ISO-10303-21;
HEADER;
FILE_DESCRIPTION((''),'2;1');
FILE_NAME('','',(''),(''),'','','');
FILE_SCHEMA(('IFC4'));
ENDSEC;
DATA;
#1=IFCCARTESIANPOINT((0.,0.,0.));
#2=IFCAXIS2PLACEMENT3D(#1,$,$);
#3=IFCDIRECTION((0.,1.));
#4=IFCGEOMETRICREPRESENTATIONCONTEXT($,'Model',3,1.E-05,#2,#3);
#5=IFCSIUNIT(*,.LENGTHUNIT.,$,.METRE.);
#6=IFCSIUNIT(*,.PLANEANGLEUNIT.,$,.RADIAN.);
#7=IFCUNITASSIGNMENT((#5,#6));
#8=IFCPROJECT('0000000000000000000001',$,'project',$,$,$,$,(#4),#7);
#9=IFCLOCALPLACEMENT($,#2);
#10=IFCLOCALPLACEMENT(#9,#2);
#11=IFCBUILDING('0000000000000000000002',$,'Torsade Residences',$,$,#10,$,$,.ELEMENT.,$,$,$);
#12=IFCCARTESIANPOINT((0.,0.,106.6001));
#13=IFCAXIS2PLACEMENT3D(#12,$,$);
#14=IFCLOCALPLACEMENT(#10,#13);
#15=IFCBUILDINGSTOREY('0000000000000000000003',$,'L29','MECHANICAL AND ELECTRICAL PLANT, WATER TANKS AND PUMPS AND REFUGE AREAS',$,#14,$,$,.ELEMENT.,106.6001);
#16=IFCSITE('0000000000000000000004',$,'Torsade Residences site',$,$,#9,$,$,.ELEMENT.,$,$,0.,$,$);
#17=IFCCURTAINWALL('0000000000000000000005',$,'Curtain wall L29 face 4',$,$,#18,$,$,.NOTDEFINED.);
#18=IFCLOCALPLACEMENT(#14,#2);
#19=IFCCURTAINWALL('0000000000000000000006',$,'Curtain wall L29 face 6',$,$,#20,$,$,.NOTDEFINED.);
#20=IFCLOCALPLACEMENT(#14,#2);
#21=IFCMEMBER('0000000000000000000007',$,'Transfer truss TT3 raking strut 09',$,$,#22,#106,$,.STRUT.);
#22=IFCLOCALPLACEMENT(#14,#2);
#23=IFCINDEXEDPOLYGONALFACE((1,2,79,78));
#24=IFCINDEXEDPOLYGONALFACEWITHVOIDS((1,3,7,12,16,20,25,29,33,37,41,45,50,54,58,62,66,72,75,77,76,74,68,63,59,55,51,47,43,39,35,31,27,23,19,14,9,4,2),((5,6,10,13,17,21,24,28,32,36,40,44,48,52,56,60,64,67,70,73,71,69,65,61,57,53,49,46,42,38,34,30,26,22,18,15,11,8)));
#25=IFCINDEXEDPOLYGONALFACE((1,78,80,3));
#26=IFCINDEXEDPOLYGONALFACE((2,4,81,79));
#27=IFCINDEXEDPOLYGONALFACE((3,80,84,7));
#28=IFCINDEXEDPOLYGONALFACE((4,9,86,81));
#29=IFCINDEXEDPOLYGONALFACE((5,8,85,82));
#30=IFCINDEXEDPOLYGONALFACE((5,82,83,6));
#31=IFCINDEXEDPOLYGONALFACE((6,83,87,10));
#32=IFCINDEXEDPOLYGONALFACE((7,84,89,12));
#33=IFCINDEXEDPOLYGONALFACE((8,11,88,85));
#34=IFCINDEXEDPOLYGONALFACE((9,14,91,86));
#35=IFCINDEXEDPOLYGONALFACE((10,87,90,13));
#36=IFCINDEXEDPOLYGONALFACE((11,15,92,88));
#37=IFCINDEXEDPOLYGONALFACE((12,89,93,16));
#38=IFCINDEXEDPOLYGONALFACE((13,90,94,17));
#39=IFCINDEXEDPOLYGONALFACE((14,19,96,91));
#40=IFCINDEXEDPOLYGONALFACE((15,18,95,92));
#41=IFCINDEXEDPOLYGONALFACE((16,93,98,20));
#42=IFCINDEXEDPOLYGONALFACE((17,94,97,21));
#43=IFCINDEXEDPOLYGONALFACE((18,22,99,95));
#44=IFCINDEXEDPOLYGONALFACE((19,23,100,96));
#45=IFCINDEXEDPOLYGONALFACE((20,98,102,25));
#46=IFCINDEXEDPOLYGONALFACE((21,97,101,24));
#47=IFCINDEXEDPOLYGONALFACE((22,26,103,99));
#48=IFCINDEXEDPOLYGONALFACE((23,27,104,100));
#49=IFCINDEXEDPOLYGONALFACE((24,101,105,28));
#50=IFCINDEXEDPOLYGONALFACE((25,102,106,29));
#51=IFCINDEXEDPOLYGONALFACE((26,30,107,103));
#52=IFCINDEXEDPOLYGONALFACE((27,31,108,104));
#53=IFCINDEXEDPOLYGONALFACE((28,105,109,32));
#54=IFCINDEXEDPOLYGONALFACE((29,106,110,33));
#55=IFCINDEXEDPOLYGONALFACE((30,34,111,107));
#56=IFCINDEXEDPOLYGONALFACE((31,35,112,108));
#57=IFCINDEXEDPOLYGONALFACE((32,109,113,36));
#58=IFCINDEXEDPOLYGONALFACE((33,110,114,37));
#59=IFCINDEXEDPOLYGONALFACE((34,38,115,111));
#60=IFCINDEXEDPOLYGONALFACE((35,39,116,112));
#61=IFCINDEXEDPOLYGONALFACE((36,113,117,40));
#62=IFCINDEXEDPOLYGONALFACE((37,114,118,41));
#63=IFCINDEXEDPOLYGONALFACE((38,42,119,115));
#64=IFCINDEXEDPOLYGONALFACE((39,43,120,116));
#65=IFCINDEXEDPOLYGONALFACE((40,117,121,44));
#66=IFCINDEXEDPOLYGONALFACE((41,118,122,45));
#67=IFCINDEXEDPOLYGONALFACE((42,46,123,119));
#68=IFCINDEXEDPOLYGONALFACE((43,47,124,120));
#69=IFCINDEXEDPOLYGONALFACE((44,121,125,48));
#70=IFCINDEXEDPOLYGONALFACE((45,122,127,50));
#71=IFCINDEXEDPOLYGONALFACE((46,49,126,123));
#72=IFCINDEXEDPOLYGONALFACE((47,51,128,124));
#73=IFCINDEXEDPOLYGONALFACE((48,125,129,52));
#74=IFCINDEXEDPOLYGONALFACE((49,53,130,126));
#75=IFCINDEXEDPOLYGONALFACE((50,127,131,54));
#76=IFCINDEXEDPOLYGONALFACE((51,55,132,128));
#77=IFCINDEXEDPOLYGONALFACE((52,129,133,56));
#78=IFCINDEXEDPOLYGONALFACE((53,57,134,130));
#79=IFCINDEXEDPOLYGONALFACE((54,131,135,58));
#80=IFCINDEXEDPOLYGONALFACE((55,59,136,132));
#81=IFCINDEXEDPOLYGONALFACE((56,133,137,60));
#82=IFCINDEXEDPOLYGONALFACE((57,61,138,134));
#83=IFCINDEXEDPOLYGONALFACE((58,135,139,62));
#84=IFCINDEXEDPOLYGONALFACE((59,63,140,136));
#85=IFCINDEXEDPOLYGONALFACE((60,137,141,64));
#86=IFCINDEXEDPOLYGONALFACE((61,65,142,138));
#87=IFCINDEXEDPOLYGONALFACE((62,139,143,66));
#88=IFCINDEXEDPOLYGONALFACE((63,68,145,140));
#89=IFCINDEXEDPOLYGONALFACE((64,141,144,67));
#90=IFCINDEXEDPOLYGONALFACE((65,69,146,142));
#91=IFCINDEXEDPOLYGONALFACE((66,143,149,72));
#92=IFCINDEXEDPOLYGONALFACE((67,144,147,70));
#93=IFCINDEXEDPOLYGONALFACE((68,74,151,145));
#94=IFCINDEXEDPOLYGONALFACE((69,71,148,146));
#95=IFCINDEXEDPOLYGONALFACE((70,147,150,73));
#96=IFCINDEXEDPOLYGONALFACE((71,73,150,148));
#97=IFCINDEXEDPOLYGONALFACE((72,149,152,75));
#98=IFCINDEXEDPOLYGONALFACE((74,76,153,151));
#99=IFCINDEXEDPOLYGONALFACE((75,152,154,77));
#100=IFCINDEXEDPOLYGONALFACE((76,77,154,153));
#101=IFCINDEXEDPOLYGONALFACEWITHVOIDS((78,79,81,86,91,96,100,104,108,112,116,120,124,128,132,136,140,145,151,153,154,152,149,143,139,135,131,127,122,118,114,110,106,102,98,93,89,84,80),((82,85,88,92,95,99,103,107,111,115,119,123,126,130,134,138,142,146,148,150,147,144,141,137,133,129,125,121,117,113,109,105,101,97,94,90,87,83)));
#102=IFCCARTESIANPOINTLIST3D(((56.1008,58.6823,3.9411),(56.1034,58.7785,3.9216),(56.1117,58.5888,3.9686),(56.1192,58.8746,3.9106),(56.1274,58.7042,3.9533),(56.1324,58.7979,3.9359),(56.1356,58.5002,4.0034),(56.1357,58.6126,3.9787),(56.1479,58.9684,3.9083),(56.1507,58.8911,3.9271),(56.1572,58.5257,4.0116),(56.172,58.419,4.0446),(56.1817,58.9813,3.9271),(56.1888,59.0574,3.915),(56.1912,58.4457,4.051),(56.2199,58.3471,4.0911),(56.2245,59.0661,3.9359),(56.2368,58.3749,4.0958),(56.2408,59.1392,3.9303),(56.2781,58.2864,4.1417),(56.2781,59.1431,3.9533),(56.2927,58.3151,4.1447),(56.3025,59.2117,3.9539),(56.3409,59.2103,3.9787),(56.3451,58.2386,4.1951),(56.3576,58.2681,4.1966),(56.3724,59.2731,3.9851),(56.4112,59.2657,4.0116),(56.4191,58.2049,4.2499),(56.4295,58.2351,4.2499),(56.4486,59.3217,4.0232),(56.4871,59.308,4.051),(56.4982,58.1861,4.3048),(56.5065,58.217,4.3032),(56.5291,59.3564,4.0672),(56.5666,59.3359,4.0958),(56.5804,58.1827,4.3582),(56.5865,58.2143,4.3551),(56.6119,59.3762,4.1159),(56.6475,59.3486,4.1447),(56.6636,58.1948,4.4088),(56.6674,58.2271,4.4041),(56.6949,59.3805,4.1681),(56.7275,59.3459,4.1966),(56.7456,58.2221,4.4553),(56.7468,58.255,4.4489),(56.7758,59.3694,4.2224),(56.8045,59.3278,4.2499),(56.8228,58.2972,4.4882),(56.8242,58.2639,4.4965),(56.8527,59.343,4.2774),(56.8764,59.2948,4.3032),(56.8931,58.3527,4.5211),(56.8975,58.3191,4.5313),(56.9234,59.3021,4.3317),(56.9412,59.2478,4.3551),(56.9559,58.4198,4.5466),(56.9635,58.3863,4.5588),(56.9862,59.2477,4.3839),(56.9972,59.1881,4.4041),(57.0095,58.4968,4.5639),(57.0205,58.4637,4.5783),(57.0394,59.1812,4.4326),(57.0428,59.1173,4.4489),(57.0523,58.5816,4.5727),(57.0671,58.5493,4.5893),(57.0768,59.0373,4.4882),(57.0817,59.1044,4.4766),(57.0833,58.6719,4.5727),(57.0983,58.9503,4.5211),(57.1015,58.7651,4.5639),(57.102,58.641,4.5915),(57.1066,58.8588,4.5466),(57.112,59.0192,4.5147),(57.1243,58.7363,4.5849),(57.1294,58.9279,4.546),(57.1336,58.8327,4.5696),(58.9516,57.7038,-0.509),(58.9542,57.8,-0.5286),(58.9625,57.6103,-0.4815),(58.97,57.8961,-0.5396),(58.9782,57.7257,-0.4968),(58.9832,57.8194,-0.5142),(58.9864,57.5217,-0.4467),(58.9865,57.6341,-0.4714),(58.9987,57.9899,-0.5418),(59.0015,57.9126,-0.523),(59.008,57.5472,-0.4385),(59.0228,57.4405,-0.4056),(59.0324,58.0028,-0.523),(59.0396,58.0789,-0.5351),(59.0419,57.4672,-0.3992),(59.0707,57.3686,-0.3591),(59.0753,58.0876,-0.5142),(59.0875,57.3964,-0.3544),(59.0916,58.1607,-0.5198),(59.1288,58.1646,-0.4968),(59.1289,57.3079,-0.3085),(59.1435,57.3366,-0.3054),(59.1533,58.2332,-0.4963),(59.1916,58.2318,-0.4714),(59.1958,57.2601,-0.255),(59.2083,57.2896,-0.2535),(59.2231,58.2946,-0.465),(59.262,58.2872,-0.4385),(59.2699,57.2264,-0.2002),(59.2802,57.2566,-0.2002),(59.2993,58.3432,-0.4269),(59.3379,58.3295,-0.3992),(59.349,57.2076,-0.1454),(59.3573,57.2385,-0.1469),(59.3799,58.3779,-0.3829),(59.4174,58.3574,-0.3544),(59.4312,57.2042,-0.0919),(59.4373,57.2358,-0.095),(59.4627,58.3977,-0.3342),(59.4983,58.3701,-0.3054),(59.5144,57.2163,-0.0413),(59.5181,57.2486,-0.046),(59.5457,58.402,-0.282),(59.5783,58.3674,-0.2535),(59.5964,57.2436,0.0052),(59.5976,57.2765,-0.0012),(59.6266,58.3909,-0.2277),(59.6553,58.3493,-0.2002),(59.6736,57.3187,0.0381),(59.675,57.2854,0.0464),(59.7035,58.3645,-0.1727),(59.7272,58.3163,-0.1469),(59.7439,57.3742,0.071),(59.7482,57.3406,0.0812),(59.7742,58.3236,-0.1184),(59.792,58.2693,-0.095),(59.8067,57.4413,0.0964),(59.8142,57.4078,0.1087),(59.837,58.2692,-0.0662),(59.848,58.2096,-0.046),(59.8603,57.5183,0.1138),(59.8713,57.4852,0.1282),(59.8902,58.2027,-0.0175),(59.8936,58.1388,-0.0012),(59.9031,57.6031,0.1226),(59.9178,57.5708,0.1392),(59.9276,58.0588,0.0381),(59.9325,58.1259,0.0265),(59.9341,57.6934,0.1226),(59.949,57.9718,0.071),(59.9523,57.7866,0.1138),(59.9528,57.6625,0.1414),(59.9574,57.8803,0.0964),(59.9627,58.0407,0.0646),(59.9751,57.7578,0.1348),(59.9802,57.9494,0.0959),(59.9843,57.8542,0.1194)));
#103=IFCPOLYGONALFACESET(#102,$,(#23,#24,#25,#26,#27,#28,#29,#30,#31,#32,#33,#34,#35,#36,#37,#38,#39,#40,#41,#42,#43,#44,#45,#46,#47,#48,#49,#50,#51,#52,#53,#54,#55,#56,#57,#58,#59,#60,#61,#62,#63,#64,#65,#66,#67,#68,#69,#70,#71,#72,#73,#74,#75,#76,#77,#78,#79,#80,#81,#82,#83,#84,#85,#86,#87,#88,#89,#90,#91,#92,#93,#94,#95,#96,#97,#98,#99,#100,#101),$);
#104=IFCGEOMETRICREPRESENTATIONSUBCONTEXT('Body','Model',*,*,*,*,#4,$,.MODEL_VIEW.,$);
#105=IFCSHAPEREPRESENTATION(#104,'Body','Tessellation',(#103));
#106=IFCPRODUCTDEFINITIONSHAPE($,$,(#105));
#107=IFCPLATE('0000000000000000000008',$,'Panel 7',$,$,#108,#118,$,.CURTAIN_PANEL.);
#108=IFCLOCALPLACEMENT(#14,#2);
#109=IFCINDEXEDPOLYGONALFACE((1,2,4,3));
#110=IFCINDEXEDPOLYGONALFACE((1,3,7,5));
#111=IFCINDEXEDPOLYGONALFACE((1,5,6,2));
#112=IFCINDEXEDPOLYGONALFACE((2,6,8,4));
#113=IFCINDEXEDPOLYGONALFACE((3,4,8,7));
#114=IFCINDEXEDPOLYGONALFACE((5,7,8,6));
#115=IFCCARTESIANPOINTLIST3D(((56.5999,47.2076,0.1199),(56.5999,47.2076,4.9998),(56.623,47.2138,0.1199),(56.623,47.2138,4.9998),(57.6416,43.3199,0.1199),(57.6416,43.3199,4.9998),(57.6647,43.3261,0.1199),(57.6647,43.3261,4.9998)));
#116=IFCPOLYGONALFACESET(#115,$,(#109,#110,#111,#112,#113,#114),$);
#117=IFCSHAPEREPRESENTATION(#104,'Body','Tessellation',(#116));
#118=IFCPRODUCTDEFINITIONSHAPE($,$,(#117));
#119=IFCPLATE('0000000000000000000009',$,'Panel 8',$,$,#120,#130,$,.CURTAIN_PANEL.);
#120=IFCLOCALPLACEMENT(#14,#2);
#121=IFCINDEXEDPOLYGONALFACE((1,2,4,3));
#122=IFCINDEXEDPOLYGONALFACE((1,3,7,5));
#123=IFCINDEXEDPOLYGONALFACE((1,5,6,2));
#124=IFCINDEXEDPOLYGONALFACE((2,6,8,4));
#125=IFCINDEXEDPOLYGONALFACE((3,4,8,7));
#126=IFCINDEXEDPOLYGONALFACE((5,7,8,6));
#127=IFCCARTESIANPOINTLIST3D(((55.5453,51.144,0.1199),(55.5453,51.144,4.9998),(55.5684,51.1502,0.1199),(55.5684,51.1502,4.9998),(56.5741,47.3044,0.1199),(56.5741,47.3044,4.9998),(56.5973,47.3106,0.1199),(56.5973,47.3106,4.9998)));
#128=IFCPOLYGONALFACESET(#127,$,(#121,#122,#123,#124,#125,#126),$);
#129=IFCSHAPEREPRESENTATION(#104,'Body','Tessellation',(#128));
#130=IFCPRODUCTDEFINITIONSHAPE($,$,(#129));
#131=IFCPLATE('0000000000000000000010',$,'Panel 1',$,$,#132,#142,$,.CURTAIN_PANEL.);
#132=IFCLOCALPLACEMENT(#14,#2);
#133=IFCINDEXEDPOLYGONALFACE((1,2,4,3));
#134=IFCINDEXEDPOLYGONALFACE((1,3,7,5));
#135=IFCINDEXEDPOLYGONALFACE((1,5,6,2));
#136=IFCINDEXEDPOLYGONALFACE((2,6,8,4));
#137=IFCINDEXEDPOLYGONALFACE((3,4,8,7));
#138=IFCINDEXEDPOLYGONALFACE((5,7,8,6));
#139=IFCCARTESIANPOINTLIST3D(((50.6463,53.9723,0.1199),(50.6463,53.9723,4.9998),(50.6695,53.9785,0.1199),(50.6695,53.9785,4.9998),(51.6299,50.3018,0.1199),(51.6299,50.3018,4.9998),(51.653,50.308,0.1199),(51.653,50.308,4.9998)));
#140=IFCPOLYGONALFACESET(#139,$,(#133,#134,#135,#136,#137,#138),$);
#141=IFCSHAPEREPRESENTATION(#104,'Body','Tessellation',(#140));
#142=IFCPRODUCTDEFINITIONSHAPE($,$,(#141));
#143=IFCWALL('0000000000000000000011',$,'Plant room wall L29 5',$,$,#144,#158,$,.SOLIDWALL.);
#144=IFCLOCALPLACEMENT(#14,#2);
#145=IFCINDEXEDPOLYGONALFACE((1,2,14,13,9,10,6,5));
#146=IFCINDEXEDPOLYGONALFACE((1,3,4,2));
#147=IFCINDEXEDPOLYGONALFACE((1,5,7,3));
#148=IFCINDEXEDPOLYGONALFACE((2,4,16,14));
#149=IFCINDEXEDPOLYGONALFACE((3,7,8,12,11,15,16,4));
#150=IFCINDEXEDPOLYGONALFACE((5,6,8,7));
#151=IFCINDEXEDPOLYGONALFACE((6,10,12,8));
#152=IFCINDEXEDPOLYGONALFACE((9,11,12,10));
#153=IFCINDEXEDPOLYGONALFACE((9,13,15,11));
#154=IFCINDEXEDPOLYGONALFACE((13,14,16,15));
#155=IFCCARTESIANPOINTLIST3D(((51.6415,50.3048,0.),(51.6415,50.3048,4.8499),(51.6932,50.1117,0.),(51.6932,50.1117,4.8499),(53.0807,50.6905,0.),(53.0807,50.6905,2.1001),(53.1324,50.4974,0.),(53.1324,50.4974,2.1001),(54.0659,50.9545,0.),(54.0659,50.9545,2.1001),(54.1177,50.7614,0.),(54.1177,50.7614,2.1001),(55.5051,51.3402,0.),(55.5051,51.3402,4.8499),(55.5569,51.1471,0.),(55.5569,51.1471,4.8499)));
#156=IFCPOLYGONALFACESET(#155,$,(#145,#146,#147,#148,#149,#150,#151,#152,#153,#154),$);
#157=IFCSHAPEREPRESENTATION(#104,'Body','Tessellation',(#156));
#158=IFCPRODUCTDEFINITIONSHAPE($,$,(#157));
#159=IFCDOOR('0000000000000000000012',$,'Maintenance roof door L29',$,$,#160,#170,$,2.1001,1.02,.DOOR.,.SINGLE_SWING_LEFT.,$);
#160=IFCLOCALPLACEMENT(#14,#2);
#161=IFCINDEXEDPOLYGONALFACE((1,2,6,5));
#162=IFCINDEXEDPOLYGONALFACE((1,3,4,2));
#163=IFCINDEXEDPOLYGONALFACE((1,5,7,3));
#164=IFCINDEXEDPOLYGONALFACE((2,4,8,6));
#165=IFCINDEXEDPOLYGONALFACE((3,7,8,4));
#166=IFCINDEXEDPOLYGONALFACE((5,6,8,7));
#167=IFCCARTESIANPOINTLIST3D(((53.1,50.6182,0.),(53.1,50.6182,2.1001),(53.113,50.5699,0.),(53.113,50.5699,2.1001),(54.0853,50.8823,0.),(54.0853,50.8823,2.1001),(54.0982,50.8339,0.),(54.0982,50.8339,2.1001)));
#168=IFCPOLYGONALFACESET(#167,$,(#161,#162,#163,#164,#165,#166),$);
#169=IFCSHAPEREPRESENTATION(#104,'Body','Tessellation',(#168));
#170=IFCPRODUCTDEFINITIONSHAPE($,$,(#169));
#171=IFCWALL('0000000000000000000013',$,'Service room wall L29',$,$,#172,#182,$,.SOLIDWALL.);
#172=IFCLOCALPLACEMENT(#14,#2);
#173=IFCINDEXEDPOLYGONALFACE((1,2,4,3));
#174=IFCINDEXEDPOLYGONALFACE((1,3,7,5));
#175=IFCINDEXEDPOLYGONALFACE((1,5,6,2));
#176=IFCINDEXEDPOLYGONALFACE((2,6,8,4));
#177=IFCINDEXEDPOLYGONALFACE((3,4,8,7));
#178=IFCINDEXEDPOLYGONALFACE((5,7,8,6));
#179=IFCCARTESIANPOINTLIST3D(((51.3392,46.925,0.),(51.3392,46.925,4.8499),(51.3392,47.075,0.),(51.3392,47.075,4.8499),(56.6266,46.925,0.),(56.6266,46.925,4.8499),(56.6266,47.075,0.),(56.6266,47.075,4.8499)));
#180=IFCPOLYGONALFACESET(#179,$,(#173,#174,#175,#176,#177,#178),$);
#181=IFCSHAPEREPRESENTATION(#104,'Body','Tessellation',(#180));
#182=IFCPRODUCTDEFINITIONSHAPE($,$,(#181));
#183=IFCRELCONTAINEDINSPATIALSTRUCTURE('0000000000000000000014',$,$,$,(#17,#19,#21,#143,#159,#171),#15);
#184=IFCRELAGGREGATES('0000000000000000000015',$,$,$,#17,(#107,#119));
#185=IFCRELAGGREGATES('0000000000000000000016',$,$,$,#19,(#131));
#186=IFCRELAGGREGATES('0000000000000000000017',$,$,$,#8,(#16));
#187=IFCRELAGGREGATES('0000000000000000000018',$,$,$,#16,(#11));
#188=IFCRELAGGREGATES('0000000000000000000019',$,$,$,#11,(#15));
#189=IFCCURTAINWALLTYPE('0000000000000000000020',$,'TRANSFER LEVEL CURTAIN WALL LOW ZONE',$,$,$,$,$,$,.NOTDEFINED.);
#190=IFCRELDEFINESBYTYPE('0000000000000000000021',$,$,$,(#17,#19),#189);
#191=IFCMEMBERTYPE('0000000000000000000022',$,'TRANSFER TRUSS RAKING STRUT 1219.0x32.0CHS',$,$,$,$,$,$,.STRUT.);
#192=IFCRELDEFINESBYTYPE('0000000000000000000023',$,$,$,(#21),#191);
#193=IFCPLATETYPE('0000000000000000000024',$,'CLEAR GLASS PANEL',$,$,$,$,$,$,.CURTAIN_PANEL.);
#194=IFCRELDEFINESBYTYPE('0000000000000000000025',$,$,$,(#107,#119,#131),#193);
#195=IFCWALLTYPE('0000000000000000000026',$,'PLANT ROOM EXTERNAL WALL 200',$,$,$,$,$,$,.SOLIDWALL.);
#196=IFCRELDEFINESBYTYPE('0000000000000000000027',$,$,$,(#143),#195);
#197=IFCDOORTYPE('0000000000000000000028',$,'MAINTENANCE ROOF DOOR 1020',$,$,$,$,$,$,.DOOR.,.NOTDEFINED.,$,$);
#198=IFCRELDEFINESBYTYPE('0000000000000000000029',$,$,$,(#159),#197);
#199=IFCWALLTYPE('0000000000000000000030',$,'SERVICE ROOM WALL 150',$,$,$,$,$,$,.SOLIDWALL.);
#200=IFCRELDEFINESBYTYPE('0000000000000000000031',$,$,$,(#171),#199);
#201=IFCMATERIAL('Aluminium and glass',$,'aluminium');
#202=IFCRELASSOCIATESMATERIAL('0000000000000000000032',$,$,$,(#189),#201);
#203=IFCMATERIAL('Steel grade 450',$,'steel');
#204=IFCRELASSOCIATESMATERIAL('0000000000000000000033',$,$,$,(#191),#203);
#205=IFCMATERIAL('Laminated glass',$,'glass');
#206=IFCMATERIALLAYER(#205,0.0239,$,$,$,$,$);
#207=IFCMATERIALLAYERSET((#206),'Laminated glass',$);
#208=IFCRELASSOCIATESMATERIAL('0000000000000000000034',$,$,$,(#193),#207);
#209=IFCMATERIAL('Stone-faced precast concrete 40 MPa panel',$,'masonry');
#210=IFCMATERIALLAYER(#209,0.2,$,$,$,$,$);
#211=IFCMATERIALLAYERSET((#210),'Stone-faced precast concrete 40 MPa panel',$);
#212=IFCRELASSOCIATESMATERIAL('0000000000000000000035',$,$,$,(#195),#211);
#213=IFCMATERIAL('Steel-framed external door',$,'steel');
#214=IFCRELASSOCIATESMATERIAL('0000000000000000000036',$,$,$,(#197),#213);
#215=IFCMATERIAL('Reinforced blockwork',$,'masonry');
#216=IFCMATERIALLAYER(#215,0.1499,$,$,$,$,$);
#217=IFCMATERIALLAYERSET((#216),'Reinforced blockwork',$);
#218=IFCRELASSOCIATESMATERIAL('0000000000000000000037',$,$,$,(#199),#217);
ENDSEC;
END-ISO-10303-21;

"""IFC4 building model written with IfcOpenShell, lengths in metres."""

from ifc_helpers import new_model, si_unit, direction, frame, frame_2d, origin, origin_2d, place, context, subcontext, project, spatial, rectangle, hollow_circle, extrude, material, layer, layer_set, material_profile, profile_set, type_object, element, fill, aggregate, save


model = new_model("IFC4")

# Units and contexts
model_context = context("Model", 3, precision=1e-05, world=origin(), true_north=direction((0.0, 1.0)))
body_context = subcontext(model_context, "Body", "Model", "MODEL_VIEW")
ifc_project = project(units=[si_unit("LENGTHUNIT", "METRE"), si_unit("PLANEANGLEUNIT", "RADIAN")], contexts=[model_context])

# Site, building, storey
site_placement = place(None, origin())
site = spatial("IfcSite", under=ifc_project, at=site_placement, Name="Torsade Residences site", CompositionType="ELEMENT", RefElevation=0.0)
building_placement = place(site_placement, origin())
building = spatial("IfcBuilding", under=site, at=building_placement, Name="Torsade Residences", CompositionType="ELEMENT")
storey_placement = place(building_placement, frame((0.0, 0.0, 106.6001)))
storey = spatial("IfcBuildingStorey", under=building, at=storey_placement, Name="L29", Description="MECHANICAL AND ELECTRICAL PLANT, WATER TANKS AND PUMPS AND REFUGE AREAS", CompositionType="ELEMENT", Elevation=106.6001)

# Curtain walls
ifc_material_1 = material(Name="Aluminium and glass", Category="aluminium")
curtain_wall_type = type_object("IfcCurtainWallType", Name="TRANSFER LEVEL CURTAIN WALL LOW ZONE", PredefinedType="NOTDEFINED", material=ifc_material_1)
curtain_wall_1_placement = place(storey_placement, origin())
curtain_wall_1 = element("IfcCurtainWall", 1, at=curtain_wall_1_placement, inside=storey, type_object=curtain_wall_type, Name="Curtain wall L29 face 4", PredefinedType="NOTDEFINED")
curtain_wall_2_placement = place(storey_placement, origin())
curtain_wall_2 = element("IfcCurtainWall", 2, at=curtain_wall_2_placement, inside=storey, type_object=curtain_wall_type, Name="Curtain wall L29 face 6", PredefinedType="NOTDEFINED")

# Member
ifc_material_2 = material(Name="Steel grade 450", Category="steel")
ifc_material_profile_1 = material_profile(ifc_material_2, hollow_circle(Radius=0.6096, WallThickness=0.032, at=origin_2d()), Name="1219.0x32.0CHS")
ifc_profile_set_1 = profile_set([ifc_material_profile_1], Name="Steel grade 450")
member_type_1 = type_object("IfcMemberType", Name="TRANSFER TRUSS RAKING STRUT 1219.0x32.0CHS", PredefinedType="STRUT", material=ifc_profile_set_1)
member_1_placement = place(storey_placement, frame((59.4678, 57.803, -0.2002), z_axis=(-0.530402, 0.182055, 0.827967), x_axis=(-0.324647, -0.945835, 0.0)))
element("IfcMember", 3, at=member_1_placement, inside=storey, type_object=member_type_1, Name="Transfer truss TT3 raking strut 09", PredefinedType="STRUT", context=body_context, shape_type="SweptSolid", body=[
    extrude(hollow_circle(Radius=0.6096, WallThickness=0.032, at=origin_2d()), origin(), (0.0, 0.0, 1.0), 5.3748),
])

# Plates
ifc_material_3 = material(Name="Laminated glass", Category="glass")
ifc_layer_1 = layer(ifc_material_3, 0.0239)
ifc_layer_set_1 = layer_set([ifc_layer_1], Name="Laminated glass")
plate_type = type_object("IfcPlateType", Name="CLEAR GLASS PANEL", PredefinedType="CURTAIN_PANEL", material=ifc_layer_set_1)
plate_1_placement = place(storey_placement, frame((57.1323, 45.2668, 0.1199), z_axis=(0.0, 0.0, 1.0), x_axis=(-0.258819, 0.965926, 0.0)))
plate_1 = element("IfcPlate", 4, at=plate_1_placement, type_object=plate_type, Name="Panel 7", PredefinedType="CURTAIN_PANEL", context=body_context, shape_type="SweptSolid", body=[
    extrude(rectangle(XDim=4.0249, YDim=0.0239, at=origin_2d()), origin(), (0.0, 0.0, 1.0), 4.8799),
])
plate_2_placement = place(storey_placement, frame((56.0713, 49.2273, 0.1199), z_axis=(0.0, 0.0, 1.0), x_axis=(-0.258819, 0.965926, 0.0)))
plate_2 = element("IfcPlate", 5, at=plate_2_placement, type_object=plate_type, Name="Panel 8", PredefinedType="CURTAIN_PANEL", context=body_context, shape_type="SweptSolid", body=[
    extrude(rectangle(XDim=3.9751, YDim=0.0239, at=origin_2d()), origin(), (0.0, 0.0, 1.0), 4.8799),
])
aggregate(curtain_wall_1, [plate_1, plate_2])
plate_3_placement = place(storey_placement, frame((51.1497, 52.1401, 0.1199), z_axis=(0.0, 0.0, 1.0), x_axis=(-0.258819, 0.965926, 0.0)))
plate_3 = element("IfcPlate", 6, at=plate_3_placement, type_object=plate_type, Name="Panel 1", PredefinedType="CURTAIN_PANEL", context=body_context, shape_type="SweptSolid", body=[
    extrude(rectangle(XDim=3.8, YDim=0.0239, at=origin_2d()), origin(), (0.0, 0.0, 1.0), 4.8799),
])
aggregate(curtain_wall_2, [plate_3])

# Wall, opening, door
ifc_material_4 = material(Name="Stone-faced precast concrete 40 MPa panel", Category="masonry")
ifc_layer_2 = layer(ifc_material_4, 0.2)
ifc_layer_set_2 = layer_set([ifc_layer_2], Name="Stone-faced precast concrete 40 MPa panel")
wall_type_1 = type_object("IfcWallType", Name="PLANT ROOM EXTERNAL WALL 200", PredefinedType="SOLIDWALL", material=ifc_layer_set_2)
wall_1_placement = place(storey_placement, frame((55.531, 51.2437, 0.0), z_axis=(0.0, 0.0, 1.0), x_axis=(-0.965919, -0.258844, 0.0)))
wall_1 = element("IfcWall", 7, at=wall_1_placement, inside=storey, type_object=wall_type_1, Name="Plant room wall L29 5", PredefinedType="SOLIDWALL", context=body_context, shape_type="SweptSolid", body=[
    extrude(rectangle(XDim=4.0, YDim=0.2, at=frame_2d((2.0, 0.0))), origin(), (0.0, 0.0, 1.0), 4.8499),
])
opening_placement = place(wall_1_placement, frame((1.49, 0.0, 0.0)))
opening = element("IfcOpeningElement", 8, at=opening_placement, cuts=wall_1, PredefinedType="OPENING", context=body_context, shape_type="SweptSolid", body=[
    extrude(rectangle(XDim=1.02, YDim=2.1001, at=frame_2d((0.51, 1.05))), frame((0.0, 0.1099, 0.0), z_axis=(0.0, -1.0, 0.0), x_axis=(1.0, 0.0, 0.0)), (0.0, 0.0, 1.0), 0.22),
])
ifc_material_5 = material(Name="Steel-framed external door", Category="steel")
door_type = type_object("IfcDoorType", Name="MAINTENANCE ROOF DOOR 1020", OperationType="NOTDEFINED", PredefinedType="DOOR", material=ifc_material_5)
door_placement = place(opening_placement, origin())
door = element("IfcDoor", 9, at=door_placement, inside=storey, type_object=door_type, Name="Maintenance roof door L29", OperationType="SINGLE_SWING_LEFT", OverallHeight=2.1001, OverallWidth=1.02, PredefinedType="DOOR", context=body_context, shape_type="SweptSolid", body=[
    extrude(rectangle(XDim=1.02, YDim=2.1001, at=frame_2d((0.51, 1.05))), frame((0.0, 0.0249, 0.0), z_axis=(0.0, -1.0, 0.0), x_axis=(1.0, 0.0, 0.0)), (0.0, 0.0, 1.0), 0.05),
])
fill(opening, door)

# Wall
ifc_material_6 = material(Name="Reinforced blockwork", Category="masonry")
ifc_layer_3 = layer(ifc_material_6, 0.1499)
ifc_layer_set_3 = layer_set([ifc_layer_3], Name="Reinforced blockwork")
wall_type_2 = type_object("IfcWallType", Name="SERVICE ROOM WALL 150", PredefinedType="SOLIDWALL", material=ifc_layer_set_3)
wall_2_placement = place(storey_placement, frame((51.3394, 47.0, 0.0), z_axis=(0.0, 0.0, 1.0), x_axis=(1.0, 0.0, 0.0)))
element("IfcWall", 10, at=wall_2_placement, inside=storey, type_object=wall_type_2, Name="Service room wall L29", PredefinedType="SOLIDWALL", context=body_context, shape_type="SweptSolid", body=[
    extrude(rectangle(XDim=5.2874, YDim=0.1499, at=frame_2d((2.6436, 0.0))), origin(), (0.0, 0.0, 1.0), 4.8499),
])

save(model, "model.ifc")
